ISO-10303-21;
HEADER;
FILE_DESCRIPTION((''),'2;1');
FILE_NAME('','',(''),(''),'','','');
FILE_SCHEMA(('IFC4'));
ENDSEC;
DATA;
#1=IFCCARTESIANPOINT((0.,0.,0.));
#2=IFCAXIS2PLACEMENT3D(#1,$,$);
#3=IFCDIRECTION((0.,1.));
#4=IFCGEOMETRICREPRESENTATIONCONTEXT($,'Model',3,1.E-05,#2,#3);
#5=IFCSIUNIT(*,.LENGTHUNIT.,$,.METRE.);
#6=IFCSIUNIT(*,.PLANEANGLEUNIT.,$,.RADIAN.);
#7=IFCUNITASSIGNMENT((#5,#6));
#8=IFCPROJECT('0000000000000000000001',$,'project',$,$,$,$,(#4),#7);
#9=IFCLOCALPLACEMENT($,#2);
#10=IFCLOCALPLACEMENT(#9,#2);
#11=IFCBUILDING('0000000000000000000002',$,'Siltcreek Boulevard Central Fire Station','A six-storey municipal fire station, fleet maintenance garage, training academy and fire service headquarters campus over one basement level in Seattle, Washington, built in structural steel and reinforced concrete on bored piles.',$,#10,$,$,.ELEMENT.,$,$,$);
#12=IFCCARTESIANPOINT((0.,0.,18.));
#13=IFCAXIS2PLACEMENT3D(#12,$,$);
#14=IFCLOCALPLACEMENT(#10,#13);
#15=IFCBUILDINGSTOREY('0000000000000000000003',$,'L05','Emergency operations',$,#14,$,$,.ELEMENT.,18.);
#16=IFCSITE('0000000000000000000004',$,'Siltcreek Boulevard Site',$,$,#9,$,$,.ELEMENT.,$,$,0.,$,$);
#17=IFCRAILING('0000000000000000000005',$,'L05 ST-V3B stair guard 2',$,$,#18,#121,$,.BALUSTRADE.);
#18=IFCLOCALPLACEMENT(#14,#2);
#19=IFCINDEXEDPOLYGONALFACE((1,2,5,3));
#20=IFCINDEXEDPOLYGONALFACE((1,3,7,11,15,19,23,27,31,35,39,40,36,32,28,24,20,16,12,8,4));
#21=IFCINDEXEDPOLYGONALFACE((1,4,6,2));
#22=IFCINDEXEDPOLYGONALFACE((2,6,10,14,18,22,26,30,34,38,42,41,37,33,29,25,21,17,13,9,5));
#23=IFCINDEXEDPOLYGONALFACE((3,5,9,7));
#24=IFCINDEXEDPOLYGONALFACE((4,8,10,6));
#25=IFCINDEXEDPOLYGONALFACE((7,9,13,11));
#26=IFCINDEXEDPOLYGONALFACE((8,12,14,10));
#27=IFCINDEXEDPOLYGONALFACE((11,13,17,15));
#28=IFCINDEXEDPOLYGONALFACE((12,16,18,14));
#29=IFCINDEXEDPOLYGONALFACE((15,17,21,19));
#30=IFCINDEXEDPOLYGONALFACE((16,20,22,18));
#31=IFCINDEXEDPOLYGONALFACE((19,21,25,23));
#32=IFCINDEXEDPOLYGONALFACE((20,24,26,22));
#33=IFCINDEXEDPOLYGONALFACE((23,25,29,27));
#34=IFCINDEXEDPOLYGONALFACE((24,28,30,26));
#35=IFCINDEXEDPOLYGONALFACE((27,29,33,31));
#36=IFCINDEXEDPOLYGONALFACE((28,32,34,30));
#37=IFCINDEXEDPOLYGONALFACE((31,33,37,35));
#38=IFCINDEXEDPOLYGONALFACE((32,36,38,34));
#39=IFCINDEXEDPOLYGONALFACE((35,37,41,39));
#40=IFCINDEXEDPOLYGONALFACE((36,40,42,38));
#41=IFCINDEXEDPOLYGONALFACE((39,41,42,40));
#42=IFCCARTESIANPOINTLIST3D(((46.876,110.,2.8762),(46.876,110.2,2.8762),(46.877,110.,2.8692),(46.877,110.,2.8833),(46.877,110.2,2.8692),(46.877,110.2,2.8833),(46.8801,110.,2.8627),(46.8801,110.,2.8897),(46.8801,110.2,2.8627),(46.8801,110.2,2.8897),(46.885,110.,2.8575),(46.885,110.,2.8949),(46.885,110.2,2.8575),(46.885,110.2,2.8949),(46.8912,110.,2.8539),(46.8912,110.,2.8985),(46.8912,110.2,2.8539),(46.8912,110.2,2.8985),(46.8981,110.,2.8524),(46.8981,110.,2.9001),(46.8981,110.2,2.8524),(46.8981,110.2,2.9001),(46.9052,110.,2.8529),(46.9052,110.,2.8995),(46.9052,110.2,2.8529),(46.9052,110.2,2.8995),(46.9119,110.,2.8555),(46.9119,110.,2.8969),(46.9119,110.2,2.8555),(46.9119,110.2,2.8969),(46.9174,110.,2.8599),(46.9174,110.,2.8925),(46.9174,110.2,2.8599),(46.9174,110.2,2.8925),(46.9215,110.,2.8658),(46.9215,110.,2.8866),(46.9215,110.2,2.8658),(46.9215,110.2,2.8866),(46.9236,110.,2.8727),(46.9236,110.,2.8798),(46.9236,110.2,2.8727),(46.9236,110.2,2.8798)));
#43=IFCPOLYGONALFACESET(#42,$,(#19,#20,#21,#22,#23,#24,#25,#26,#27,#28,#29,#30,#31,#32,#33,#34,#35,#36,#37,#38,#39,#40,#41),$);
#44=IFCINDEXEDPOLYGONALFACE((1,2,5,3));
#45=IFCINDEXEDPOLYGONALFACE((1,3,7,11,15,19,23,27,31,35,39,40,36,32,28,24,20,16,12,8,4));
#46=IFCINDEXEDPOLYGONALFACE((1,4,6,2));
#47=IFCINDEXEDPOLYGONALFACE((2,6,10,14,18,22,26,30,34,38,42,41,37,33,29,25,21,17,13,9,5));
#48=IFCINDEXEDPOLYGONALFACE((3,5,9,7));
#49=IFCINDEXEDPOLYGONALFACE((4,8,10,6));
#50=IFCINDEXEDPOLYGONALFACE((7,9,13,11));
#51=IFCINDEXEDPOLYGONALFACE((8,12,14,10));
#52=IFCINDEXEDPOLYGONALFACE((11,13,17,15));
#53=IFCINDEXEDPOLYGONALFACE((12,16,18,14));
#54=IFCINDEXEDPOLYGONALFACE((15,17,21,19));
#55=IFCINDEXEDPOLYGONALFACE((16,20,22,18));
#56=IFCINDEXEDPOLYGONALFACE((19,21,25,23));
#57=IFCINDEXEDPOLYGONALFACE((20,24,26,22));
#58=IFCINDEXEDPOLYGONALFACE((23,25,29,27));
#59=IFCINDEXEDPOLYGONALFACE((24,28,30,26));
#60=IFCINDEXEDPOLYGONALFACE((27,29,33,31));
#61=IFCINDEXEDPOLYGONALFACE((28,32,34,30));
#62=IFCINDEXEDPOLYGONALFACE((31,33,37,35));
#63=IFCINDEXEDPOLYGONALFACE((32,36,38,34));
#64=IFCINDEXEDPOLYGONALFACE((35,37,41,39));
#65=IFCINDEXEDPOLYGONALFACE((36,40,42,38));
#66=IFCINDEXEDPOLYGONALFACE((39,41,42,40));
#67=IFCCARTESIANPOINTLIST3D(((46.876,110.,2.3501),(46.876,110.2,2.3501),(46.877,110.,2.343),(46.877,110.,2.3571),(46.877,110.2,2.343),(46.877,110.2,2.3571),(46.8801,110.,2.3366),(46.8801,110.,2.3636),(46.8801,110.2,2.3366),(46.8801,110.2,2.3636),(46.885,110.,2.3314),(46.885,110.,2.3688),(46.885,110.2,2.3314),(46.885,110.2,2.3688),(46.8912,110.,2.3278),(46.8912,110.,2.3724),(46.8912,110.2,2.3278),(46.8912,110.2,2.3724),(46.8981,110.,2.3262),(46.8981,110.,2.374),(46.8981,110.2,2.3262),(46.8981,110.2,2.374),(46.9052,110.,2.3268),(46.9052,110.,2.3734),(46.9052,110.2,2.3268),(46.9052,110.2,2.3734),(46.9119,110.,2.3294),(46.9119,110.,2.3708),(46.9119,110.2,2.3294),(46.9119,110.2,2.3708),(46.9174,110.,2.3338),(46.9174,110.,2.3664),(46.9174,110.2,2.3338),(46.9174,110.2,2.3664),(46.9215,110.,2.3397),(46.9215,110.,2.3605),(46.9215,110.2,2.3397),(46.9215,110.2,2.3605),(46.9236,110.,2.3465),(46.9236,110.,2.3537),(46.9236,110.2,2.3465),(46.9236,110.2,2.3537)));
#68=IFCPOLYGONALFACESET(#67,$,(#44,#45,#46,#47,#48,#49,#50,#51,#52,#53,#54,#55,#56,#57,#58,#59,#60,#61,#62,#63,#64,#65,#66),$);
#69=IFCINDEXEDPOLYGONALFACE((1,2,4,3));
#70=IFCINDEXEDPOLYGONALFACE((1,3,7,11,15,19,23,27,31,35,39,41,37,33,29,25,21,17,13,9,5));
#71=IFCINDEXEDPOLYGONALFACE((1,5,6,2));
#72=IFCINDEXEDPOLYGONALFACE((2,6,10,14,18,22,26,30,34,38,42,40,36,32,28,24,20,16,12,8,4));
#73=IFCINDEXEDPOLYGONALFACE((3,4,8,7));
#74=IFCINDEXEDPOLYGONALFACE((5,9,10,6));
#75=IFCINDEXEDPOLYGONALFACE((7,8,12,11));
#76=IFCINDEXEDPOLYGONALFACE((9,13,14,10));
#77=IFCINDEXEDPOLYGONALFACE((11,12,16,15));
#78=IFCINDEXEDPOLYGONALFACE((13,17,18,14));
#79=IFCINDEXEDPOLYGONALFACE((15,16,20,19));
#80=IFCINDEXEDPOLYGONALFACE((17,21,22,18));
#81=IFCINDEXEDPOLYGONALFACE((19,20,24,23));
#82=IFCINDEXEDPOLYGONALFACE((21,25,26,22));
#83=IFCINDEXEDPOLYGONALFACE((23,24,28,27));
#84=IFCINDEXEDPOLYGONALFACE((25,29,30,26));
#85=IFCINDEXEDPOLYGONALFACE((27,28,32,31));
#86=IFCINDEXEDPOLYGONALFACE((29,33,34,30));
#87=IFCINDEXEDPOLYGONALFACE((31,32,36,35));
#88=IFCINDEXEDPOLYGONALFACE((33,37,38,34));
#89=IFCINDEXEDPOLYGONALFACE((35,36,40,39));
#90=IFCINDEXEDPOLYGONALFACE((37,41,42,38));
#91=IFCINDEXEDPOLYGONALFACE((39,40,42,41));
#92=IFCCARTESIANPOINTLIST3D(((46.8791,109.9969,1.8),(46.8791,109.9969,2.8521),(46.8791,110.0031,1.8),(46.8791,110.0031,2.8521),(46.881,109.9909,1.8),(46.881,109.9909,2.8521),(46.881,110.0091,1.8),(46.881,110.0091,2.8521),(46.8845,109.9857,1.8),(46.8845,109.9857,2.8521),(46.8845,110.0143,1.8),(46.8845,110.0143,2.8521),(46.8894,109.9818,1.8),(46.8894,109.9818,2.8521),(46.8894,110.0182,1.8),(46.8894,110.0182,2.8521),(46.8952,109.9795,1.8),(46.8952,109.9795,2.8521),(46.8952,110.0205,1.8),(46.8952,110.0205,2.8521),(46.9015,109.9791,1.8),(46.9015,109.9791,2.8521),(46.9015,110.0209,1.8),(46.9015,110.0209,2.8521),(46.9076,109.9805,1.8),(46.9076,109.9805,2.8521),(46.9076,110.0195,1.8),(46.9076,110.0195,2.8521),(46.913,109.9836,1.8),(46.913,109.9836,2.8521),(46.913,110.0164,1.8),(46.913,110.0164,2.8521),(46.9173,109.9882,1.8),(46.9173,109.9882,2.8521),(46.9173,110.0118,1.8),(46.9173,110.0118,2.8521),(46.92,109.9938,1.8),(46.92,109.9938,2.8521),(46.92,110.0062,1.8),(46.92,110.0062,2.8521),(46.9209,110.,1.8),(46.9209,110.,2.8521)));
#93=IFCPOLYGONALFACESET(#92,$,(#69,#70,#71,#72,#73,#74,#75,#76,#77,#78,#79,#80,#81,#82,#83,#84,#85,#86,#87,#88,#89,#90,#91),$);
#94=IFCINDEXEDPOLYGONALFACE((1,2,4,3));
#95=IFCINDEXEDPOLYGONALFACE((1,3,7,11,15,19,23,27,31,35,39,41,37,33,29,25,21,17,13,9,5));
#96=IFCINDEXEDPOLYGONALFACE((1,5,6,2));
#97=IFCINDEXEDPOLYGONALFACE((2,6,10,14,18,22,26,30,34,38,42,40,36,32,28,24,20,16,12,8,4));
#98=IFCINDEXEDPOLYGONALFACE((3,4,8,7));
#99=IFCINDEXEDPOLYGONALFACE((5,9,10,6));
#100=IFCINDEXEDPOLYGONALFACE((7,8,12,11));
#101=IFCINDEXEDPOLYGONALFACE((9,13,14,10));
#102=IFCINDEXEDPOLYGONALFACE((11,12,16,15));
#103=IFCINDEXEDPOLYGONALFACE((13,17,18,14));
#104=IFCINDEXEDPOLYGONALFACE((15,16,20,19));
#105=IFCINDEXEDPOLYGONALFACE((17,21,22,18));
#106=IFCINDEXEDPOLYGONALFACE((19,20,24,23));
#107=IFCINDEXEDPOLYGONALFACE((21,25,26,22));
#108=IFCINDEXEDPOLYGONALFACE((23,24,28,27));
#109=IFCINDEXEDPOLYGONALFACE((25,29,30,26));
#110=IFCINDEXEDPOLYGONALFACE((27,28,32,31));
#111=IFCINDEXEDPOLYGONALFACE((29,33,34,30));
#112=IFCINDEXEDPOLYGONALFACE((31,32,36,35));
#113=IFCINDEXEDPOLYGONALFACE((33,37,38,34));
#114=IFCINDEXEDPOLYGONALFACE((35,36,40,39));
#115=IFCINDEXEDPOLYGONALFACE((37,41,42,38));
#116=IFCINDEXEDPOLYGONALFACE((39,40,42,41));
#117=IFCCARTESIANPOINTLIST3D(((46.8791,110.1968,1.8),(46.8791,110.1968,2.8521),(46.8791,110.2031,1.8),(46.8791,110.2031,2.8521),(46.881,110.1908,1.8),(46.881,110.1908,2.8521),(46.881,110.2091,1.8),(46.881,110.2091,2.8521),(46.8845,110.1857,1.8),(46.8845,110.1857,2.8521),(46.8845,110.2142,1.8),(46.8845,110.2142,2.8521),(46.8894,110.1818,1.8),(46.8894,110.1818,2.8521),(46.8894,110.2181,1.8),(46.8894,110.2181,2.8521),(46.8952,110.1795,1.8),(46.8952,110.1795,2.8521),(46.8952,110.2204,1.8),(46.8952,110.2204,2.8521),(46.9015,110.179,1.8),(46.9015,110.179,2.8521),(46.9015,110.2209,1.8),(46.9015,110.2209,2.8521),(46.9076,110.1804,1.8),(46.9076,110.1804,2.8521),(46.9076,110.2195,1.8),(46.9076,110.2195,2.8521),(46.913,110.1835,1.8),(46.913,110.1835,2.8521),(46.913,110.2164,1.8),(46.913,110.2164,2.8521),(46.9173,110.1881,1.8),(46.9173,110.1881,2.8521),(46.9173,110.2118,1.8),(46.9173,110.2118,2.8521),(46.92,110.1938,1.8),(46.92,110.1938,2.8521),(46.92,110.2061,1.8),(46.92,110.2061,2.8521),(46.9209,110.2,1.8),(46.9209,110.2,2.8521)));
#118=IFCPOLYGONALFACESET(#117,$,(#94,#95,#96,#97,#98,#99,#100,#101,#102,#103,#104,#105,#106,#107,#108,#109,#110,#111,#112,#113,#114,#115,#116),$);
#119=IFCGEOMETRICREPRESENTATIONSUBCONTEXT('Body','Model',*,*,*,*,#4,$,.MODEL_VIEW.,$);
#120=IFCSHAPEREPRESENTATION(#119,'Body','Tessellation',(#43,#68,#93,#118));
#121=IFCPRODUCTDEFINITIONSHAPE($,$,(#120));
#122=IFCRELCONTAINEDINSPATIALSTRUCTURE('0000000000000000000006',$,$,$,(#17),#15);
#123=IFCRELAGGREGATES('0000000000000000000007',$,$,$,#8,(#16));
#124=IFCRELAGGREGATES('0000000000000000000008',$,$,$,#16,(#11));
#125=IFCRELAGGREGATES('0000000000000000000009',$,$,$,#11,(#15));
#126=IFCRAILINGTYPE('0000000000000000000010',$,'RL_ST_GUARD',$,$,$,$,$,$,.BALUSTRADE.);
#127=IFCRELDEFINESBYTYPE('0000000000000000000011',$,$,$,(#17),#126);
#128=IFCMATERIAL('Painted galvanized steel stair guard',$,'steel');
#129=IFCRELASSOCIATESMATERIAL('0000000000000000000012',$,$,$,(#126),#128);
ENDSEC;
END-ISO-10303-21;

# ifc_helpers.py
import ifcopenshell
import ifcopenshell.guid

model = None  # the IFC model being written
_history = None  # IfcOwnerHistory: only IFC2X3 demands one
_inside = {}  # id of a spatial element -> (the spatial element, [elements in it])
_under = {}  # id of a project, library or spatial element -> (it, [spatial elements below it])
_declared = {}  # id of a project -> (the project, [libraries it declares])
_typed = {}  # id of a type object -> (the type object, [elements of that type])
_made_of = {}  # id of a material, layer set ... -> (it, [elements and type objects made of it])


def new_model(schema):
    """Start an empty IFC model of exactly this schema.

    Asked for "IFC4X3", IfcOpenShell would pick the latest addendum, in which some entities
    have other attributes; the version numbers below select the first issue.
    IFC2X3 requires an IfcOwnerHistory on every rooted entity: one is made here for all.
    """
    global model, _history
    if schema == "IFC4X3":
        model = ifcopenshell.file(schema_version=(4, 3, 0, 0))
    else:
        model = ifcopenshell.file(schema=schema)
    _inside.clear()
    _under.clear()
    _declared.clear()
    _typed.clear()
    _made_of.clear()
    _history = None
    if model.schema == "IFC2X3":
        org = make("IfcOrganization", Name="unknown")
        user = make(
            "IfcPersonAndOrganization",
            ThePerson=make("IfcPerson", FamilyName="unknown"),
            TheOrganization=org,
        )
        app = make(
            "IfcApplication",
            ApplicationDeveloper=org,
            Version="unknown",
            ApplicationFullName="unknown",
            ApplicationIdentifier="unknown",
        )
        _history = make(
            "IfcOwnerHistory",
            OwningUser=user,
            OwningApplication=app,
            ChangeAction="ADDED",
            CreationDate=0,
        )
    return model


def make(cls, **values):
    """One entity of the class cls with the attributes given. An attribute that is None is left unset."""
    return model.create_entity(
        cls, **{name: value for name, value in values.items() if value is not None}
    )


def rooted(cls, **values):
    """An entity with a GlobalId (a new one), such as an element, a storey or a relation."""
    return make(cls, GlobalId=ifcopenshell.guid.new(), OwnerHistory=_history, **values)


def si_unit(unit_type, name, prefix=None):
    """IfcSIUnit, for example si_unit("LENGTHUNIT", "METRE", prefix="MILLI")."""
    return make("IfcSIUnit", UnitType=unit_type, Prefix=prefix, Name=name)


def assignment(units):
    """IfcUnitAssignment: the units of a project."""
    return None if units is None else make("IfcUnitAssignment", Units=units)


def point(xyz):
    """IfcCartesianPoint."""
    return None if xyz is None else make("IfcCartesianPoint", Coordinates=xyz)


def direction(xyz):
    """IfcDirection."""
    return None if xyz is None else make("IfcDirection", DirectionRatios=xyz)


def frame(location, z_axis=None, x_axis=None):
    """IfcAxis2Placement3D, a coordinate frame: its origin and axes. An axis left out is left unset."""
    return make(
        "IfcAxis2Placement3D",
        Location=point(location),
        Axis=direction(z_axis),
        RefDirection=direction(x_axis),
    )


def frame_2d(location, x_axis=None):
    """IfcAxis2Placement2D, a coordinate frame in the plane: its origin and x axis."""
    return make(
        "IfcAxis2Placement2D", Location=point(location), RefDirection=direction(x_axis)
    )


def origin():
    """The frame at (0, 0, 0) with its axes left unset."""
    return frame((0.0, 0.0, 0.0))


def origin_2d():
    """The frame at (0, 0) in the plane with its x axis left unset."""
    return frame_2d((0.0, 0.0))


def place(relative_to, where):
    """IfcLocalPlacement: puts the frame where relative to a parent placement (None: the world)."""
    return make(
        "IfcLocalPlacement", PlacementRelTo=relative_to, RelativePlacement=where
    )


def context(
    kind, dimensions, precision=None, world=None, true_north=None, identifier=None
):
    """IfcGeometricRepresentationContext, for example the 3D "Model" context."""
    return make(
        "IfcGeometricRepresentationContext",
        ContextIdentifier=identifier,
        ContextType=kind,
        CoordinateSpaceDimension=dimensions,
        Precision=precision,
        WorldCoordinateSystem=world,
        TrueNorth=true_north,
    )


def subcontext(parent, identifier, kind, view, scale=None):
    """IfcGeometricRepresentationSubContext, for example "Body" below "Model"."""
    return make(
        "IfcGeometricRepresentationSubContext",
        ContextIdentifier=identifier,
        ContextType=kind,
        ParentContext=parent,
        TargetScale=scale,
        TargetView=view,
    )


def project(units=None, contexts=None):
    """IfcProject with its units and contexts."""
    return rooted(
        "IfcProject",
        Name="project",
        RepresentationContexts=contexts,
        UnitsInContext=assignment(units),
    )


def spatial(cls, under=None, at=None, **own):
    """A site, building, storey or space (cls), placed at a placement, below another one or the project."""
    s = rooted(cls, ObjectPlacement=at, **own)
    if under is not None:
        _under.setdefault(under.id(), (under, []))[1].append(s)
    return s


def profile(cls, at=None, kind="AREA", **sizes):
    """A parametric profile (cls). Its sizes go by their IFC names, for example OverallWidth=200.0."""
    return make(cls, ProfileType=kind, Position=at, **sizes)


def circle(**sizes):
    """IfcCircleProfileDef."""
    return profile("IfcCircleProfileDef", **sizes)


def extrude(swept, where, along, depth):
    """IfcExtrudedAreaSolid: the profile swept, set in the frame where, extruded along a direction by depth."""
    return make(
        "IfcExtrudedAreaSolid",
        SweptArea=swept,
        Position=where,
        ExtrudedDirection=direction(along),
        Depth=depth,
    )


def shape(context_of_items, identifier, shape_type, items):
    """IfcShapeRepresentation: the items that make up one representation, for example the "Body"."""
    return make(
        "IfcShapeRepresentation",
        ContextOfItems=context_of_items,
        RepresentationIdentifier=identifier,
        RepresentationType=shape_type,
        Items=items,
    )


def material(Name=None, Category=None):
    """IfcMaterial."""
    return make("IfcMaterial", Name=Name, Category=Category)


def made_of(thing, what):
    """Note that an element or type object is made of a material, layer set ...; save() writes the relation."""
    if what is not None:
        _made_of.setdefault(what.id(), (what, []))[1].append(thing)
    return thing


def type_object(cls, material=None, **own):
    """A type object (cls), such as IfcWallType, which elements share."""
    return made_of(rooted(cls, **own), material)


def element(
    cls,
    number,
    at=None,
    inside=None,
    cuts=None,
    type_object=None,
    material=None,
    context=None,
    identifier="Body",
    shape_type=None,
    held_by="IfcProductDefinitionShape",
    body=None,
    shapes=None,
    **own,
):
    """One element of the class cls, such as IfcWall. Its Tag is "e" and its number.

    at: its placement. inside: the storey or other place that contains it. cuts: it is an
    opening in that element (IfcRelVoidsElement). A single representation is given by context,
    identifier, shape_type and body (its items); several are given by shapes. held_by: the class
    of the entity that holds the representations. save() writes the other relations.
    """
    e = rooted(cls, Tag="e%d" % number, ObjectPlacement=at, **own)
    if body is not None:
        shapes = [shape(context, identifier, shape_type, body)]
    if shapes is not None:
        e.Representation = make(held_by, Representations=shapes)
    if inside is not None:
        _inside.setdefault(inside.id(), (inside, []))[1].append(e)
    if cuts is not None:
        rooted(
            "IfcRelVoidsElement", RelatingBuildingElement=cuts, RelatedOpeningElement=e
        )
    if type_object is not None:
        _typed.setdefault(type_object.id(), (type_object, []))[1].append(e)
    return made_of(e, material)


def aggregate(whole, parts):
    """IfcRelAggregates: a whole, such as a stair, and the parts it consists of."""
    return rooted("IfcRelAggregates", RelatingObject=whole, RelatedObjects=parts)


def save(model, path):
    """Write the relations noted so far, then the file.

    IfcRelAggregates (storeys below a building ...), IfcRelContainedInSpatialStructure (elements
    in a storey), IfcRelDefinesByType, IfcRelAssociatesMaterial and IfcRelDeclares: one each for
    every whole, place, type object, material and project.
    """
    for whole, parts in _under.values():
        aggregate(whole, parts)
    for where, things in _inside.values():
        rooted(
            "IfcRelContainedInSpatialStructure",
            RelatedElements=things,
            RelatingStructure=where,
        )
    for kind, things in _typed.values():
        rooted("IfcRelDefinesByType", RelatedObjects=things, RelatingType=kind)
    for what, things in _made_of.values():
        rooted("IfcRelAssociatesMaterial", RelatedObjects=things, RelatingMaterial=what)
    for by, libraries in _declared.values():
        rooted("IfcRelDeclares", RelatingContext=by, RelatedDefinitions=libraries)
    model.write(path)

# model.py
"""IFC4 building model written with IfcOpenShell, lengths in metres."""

from ifc_helpers import new_model, si_unit, direction, frame, origin, origin_2d, place, context, subcontext, project, spatial, circle, extrude, material, type_object, element, save


model = new_model("IFC4")

# Units and contexts
model_context = context("Model", 3, precision=1e-05, world=origin(), true_north=direction((0.0, 1.0)))
body_context = subcontext(model_context, "Body", "Model", "MODEL_VIEW")
ifc_project = project(units=[si_unit("LENGTHUNIT", "METRE"), si_unit("PLANEANGLEUNIT", "RADIAN")], contexts=[model_context])

# Site, building, storey
site_placement = place(None, origin())
site = spatial("IfcSite", under=ifc_project, at=site_placement, Name="Siltcreek Boulevard Site", CompositionType="ELEMENT", RefElevation=0.0)
building_placement = place(site_placement, origin())
building = spatial("IfcBuilding", under=site, at=building_placement, Name="Siltcreek Boulevard Central Fire Station", Description="A six-storey municipal fire station, fleet maintenance garage, training academy and fire service headquarters campus over one basement level in Seattle, Washington, built in structural steel and reinforced concrete on bored piles.", CompositionType="ELEMENT")
storey_placement = place(building_placement, frame((0.0, 0.0, 18.0)))
storey = spatial("IfcBuildingStorey", under=building, at=storey_placement, Name="L05", Description="Emergency operations", CompositionType="ELEMENT", Elevation=18.0)

# Railing
ifc_material_1 = material(Name="Painted galvanized steel stair guard", Category="steel")
railing_type_1 = type_object("IfcRailingType", Name="RL_ST_GUARD", PredefinedType="BALUSTRADE", material=ifc_material_1)
railing_1_placement = place(storey_placement, frame((46.8999, 110.0, 1.8)))
element("IfcRailing", 1, at=railing_1_placement, inside=storey, type_object=railing_type_1, Name="L05 ST-V3B stair guard 2", PredefinedType="BALUSTRADE", context=body_context, shape_type="SweptSolid", body=[
    extrude(circle(Radius=0.0239, at=origin_2d()), frame((0.0, 0.0, 1.0762), z_axis=(0.0, 1.0, 0.0), x_axis=(-1.0, 0.0, 0.0)), (0.0, 0.0, 1.0), 0.2),
    extrude(circle(Radius=0.0239, at=origin_2d()), frame((0.0, 0.0, 0.55), z_axis=(0.0, 1.0, 0.0), x_axis=(-1.0, 0.0, 0.0)), (0.0, 0.0, 1.0), 0.2),
    extrude(circle(Radius=0.021, at=origin_2d()), origin(), (0.0, 0.0, 1.0), 1.052),
    extrude(circle(Radius=0.021, at=origin_2d()), frame((0.0, 0.2, 0.0)), (0.0, 0.0, 1.0), 1.052),
])

save(model, "model.ifc")
